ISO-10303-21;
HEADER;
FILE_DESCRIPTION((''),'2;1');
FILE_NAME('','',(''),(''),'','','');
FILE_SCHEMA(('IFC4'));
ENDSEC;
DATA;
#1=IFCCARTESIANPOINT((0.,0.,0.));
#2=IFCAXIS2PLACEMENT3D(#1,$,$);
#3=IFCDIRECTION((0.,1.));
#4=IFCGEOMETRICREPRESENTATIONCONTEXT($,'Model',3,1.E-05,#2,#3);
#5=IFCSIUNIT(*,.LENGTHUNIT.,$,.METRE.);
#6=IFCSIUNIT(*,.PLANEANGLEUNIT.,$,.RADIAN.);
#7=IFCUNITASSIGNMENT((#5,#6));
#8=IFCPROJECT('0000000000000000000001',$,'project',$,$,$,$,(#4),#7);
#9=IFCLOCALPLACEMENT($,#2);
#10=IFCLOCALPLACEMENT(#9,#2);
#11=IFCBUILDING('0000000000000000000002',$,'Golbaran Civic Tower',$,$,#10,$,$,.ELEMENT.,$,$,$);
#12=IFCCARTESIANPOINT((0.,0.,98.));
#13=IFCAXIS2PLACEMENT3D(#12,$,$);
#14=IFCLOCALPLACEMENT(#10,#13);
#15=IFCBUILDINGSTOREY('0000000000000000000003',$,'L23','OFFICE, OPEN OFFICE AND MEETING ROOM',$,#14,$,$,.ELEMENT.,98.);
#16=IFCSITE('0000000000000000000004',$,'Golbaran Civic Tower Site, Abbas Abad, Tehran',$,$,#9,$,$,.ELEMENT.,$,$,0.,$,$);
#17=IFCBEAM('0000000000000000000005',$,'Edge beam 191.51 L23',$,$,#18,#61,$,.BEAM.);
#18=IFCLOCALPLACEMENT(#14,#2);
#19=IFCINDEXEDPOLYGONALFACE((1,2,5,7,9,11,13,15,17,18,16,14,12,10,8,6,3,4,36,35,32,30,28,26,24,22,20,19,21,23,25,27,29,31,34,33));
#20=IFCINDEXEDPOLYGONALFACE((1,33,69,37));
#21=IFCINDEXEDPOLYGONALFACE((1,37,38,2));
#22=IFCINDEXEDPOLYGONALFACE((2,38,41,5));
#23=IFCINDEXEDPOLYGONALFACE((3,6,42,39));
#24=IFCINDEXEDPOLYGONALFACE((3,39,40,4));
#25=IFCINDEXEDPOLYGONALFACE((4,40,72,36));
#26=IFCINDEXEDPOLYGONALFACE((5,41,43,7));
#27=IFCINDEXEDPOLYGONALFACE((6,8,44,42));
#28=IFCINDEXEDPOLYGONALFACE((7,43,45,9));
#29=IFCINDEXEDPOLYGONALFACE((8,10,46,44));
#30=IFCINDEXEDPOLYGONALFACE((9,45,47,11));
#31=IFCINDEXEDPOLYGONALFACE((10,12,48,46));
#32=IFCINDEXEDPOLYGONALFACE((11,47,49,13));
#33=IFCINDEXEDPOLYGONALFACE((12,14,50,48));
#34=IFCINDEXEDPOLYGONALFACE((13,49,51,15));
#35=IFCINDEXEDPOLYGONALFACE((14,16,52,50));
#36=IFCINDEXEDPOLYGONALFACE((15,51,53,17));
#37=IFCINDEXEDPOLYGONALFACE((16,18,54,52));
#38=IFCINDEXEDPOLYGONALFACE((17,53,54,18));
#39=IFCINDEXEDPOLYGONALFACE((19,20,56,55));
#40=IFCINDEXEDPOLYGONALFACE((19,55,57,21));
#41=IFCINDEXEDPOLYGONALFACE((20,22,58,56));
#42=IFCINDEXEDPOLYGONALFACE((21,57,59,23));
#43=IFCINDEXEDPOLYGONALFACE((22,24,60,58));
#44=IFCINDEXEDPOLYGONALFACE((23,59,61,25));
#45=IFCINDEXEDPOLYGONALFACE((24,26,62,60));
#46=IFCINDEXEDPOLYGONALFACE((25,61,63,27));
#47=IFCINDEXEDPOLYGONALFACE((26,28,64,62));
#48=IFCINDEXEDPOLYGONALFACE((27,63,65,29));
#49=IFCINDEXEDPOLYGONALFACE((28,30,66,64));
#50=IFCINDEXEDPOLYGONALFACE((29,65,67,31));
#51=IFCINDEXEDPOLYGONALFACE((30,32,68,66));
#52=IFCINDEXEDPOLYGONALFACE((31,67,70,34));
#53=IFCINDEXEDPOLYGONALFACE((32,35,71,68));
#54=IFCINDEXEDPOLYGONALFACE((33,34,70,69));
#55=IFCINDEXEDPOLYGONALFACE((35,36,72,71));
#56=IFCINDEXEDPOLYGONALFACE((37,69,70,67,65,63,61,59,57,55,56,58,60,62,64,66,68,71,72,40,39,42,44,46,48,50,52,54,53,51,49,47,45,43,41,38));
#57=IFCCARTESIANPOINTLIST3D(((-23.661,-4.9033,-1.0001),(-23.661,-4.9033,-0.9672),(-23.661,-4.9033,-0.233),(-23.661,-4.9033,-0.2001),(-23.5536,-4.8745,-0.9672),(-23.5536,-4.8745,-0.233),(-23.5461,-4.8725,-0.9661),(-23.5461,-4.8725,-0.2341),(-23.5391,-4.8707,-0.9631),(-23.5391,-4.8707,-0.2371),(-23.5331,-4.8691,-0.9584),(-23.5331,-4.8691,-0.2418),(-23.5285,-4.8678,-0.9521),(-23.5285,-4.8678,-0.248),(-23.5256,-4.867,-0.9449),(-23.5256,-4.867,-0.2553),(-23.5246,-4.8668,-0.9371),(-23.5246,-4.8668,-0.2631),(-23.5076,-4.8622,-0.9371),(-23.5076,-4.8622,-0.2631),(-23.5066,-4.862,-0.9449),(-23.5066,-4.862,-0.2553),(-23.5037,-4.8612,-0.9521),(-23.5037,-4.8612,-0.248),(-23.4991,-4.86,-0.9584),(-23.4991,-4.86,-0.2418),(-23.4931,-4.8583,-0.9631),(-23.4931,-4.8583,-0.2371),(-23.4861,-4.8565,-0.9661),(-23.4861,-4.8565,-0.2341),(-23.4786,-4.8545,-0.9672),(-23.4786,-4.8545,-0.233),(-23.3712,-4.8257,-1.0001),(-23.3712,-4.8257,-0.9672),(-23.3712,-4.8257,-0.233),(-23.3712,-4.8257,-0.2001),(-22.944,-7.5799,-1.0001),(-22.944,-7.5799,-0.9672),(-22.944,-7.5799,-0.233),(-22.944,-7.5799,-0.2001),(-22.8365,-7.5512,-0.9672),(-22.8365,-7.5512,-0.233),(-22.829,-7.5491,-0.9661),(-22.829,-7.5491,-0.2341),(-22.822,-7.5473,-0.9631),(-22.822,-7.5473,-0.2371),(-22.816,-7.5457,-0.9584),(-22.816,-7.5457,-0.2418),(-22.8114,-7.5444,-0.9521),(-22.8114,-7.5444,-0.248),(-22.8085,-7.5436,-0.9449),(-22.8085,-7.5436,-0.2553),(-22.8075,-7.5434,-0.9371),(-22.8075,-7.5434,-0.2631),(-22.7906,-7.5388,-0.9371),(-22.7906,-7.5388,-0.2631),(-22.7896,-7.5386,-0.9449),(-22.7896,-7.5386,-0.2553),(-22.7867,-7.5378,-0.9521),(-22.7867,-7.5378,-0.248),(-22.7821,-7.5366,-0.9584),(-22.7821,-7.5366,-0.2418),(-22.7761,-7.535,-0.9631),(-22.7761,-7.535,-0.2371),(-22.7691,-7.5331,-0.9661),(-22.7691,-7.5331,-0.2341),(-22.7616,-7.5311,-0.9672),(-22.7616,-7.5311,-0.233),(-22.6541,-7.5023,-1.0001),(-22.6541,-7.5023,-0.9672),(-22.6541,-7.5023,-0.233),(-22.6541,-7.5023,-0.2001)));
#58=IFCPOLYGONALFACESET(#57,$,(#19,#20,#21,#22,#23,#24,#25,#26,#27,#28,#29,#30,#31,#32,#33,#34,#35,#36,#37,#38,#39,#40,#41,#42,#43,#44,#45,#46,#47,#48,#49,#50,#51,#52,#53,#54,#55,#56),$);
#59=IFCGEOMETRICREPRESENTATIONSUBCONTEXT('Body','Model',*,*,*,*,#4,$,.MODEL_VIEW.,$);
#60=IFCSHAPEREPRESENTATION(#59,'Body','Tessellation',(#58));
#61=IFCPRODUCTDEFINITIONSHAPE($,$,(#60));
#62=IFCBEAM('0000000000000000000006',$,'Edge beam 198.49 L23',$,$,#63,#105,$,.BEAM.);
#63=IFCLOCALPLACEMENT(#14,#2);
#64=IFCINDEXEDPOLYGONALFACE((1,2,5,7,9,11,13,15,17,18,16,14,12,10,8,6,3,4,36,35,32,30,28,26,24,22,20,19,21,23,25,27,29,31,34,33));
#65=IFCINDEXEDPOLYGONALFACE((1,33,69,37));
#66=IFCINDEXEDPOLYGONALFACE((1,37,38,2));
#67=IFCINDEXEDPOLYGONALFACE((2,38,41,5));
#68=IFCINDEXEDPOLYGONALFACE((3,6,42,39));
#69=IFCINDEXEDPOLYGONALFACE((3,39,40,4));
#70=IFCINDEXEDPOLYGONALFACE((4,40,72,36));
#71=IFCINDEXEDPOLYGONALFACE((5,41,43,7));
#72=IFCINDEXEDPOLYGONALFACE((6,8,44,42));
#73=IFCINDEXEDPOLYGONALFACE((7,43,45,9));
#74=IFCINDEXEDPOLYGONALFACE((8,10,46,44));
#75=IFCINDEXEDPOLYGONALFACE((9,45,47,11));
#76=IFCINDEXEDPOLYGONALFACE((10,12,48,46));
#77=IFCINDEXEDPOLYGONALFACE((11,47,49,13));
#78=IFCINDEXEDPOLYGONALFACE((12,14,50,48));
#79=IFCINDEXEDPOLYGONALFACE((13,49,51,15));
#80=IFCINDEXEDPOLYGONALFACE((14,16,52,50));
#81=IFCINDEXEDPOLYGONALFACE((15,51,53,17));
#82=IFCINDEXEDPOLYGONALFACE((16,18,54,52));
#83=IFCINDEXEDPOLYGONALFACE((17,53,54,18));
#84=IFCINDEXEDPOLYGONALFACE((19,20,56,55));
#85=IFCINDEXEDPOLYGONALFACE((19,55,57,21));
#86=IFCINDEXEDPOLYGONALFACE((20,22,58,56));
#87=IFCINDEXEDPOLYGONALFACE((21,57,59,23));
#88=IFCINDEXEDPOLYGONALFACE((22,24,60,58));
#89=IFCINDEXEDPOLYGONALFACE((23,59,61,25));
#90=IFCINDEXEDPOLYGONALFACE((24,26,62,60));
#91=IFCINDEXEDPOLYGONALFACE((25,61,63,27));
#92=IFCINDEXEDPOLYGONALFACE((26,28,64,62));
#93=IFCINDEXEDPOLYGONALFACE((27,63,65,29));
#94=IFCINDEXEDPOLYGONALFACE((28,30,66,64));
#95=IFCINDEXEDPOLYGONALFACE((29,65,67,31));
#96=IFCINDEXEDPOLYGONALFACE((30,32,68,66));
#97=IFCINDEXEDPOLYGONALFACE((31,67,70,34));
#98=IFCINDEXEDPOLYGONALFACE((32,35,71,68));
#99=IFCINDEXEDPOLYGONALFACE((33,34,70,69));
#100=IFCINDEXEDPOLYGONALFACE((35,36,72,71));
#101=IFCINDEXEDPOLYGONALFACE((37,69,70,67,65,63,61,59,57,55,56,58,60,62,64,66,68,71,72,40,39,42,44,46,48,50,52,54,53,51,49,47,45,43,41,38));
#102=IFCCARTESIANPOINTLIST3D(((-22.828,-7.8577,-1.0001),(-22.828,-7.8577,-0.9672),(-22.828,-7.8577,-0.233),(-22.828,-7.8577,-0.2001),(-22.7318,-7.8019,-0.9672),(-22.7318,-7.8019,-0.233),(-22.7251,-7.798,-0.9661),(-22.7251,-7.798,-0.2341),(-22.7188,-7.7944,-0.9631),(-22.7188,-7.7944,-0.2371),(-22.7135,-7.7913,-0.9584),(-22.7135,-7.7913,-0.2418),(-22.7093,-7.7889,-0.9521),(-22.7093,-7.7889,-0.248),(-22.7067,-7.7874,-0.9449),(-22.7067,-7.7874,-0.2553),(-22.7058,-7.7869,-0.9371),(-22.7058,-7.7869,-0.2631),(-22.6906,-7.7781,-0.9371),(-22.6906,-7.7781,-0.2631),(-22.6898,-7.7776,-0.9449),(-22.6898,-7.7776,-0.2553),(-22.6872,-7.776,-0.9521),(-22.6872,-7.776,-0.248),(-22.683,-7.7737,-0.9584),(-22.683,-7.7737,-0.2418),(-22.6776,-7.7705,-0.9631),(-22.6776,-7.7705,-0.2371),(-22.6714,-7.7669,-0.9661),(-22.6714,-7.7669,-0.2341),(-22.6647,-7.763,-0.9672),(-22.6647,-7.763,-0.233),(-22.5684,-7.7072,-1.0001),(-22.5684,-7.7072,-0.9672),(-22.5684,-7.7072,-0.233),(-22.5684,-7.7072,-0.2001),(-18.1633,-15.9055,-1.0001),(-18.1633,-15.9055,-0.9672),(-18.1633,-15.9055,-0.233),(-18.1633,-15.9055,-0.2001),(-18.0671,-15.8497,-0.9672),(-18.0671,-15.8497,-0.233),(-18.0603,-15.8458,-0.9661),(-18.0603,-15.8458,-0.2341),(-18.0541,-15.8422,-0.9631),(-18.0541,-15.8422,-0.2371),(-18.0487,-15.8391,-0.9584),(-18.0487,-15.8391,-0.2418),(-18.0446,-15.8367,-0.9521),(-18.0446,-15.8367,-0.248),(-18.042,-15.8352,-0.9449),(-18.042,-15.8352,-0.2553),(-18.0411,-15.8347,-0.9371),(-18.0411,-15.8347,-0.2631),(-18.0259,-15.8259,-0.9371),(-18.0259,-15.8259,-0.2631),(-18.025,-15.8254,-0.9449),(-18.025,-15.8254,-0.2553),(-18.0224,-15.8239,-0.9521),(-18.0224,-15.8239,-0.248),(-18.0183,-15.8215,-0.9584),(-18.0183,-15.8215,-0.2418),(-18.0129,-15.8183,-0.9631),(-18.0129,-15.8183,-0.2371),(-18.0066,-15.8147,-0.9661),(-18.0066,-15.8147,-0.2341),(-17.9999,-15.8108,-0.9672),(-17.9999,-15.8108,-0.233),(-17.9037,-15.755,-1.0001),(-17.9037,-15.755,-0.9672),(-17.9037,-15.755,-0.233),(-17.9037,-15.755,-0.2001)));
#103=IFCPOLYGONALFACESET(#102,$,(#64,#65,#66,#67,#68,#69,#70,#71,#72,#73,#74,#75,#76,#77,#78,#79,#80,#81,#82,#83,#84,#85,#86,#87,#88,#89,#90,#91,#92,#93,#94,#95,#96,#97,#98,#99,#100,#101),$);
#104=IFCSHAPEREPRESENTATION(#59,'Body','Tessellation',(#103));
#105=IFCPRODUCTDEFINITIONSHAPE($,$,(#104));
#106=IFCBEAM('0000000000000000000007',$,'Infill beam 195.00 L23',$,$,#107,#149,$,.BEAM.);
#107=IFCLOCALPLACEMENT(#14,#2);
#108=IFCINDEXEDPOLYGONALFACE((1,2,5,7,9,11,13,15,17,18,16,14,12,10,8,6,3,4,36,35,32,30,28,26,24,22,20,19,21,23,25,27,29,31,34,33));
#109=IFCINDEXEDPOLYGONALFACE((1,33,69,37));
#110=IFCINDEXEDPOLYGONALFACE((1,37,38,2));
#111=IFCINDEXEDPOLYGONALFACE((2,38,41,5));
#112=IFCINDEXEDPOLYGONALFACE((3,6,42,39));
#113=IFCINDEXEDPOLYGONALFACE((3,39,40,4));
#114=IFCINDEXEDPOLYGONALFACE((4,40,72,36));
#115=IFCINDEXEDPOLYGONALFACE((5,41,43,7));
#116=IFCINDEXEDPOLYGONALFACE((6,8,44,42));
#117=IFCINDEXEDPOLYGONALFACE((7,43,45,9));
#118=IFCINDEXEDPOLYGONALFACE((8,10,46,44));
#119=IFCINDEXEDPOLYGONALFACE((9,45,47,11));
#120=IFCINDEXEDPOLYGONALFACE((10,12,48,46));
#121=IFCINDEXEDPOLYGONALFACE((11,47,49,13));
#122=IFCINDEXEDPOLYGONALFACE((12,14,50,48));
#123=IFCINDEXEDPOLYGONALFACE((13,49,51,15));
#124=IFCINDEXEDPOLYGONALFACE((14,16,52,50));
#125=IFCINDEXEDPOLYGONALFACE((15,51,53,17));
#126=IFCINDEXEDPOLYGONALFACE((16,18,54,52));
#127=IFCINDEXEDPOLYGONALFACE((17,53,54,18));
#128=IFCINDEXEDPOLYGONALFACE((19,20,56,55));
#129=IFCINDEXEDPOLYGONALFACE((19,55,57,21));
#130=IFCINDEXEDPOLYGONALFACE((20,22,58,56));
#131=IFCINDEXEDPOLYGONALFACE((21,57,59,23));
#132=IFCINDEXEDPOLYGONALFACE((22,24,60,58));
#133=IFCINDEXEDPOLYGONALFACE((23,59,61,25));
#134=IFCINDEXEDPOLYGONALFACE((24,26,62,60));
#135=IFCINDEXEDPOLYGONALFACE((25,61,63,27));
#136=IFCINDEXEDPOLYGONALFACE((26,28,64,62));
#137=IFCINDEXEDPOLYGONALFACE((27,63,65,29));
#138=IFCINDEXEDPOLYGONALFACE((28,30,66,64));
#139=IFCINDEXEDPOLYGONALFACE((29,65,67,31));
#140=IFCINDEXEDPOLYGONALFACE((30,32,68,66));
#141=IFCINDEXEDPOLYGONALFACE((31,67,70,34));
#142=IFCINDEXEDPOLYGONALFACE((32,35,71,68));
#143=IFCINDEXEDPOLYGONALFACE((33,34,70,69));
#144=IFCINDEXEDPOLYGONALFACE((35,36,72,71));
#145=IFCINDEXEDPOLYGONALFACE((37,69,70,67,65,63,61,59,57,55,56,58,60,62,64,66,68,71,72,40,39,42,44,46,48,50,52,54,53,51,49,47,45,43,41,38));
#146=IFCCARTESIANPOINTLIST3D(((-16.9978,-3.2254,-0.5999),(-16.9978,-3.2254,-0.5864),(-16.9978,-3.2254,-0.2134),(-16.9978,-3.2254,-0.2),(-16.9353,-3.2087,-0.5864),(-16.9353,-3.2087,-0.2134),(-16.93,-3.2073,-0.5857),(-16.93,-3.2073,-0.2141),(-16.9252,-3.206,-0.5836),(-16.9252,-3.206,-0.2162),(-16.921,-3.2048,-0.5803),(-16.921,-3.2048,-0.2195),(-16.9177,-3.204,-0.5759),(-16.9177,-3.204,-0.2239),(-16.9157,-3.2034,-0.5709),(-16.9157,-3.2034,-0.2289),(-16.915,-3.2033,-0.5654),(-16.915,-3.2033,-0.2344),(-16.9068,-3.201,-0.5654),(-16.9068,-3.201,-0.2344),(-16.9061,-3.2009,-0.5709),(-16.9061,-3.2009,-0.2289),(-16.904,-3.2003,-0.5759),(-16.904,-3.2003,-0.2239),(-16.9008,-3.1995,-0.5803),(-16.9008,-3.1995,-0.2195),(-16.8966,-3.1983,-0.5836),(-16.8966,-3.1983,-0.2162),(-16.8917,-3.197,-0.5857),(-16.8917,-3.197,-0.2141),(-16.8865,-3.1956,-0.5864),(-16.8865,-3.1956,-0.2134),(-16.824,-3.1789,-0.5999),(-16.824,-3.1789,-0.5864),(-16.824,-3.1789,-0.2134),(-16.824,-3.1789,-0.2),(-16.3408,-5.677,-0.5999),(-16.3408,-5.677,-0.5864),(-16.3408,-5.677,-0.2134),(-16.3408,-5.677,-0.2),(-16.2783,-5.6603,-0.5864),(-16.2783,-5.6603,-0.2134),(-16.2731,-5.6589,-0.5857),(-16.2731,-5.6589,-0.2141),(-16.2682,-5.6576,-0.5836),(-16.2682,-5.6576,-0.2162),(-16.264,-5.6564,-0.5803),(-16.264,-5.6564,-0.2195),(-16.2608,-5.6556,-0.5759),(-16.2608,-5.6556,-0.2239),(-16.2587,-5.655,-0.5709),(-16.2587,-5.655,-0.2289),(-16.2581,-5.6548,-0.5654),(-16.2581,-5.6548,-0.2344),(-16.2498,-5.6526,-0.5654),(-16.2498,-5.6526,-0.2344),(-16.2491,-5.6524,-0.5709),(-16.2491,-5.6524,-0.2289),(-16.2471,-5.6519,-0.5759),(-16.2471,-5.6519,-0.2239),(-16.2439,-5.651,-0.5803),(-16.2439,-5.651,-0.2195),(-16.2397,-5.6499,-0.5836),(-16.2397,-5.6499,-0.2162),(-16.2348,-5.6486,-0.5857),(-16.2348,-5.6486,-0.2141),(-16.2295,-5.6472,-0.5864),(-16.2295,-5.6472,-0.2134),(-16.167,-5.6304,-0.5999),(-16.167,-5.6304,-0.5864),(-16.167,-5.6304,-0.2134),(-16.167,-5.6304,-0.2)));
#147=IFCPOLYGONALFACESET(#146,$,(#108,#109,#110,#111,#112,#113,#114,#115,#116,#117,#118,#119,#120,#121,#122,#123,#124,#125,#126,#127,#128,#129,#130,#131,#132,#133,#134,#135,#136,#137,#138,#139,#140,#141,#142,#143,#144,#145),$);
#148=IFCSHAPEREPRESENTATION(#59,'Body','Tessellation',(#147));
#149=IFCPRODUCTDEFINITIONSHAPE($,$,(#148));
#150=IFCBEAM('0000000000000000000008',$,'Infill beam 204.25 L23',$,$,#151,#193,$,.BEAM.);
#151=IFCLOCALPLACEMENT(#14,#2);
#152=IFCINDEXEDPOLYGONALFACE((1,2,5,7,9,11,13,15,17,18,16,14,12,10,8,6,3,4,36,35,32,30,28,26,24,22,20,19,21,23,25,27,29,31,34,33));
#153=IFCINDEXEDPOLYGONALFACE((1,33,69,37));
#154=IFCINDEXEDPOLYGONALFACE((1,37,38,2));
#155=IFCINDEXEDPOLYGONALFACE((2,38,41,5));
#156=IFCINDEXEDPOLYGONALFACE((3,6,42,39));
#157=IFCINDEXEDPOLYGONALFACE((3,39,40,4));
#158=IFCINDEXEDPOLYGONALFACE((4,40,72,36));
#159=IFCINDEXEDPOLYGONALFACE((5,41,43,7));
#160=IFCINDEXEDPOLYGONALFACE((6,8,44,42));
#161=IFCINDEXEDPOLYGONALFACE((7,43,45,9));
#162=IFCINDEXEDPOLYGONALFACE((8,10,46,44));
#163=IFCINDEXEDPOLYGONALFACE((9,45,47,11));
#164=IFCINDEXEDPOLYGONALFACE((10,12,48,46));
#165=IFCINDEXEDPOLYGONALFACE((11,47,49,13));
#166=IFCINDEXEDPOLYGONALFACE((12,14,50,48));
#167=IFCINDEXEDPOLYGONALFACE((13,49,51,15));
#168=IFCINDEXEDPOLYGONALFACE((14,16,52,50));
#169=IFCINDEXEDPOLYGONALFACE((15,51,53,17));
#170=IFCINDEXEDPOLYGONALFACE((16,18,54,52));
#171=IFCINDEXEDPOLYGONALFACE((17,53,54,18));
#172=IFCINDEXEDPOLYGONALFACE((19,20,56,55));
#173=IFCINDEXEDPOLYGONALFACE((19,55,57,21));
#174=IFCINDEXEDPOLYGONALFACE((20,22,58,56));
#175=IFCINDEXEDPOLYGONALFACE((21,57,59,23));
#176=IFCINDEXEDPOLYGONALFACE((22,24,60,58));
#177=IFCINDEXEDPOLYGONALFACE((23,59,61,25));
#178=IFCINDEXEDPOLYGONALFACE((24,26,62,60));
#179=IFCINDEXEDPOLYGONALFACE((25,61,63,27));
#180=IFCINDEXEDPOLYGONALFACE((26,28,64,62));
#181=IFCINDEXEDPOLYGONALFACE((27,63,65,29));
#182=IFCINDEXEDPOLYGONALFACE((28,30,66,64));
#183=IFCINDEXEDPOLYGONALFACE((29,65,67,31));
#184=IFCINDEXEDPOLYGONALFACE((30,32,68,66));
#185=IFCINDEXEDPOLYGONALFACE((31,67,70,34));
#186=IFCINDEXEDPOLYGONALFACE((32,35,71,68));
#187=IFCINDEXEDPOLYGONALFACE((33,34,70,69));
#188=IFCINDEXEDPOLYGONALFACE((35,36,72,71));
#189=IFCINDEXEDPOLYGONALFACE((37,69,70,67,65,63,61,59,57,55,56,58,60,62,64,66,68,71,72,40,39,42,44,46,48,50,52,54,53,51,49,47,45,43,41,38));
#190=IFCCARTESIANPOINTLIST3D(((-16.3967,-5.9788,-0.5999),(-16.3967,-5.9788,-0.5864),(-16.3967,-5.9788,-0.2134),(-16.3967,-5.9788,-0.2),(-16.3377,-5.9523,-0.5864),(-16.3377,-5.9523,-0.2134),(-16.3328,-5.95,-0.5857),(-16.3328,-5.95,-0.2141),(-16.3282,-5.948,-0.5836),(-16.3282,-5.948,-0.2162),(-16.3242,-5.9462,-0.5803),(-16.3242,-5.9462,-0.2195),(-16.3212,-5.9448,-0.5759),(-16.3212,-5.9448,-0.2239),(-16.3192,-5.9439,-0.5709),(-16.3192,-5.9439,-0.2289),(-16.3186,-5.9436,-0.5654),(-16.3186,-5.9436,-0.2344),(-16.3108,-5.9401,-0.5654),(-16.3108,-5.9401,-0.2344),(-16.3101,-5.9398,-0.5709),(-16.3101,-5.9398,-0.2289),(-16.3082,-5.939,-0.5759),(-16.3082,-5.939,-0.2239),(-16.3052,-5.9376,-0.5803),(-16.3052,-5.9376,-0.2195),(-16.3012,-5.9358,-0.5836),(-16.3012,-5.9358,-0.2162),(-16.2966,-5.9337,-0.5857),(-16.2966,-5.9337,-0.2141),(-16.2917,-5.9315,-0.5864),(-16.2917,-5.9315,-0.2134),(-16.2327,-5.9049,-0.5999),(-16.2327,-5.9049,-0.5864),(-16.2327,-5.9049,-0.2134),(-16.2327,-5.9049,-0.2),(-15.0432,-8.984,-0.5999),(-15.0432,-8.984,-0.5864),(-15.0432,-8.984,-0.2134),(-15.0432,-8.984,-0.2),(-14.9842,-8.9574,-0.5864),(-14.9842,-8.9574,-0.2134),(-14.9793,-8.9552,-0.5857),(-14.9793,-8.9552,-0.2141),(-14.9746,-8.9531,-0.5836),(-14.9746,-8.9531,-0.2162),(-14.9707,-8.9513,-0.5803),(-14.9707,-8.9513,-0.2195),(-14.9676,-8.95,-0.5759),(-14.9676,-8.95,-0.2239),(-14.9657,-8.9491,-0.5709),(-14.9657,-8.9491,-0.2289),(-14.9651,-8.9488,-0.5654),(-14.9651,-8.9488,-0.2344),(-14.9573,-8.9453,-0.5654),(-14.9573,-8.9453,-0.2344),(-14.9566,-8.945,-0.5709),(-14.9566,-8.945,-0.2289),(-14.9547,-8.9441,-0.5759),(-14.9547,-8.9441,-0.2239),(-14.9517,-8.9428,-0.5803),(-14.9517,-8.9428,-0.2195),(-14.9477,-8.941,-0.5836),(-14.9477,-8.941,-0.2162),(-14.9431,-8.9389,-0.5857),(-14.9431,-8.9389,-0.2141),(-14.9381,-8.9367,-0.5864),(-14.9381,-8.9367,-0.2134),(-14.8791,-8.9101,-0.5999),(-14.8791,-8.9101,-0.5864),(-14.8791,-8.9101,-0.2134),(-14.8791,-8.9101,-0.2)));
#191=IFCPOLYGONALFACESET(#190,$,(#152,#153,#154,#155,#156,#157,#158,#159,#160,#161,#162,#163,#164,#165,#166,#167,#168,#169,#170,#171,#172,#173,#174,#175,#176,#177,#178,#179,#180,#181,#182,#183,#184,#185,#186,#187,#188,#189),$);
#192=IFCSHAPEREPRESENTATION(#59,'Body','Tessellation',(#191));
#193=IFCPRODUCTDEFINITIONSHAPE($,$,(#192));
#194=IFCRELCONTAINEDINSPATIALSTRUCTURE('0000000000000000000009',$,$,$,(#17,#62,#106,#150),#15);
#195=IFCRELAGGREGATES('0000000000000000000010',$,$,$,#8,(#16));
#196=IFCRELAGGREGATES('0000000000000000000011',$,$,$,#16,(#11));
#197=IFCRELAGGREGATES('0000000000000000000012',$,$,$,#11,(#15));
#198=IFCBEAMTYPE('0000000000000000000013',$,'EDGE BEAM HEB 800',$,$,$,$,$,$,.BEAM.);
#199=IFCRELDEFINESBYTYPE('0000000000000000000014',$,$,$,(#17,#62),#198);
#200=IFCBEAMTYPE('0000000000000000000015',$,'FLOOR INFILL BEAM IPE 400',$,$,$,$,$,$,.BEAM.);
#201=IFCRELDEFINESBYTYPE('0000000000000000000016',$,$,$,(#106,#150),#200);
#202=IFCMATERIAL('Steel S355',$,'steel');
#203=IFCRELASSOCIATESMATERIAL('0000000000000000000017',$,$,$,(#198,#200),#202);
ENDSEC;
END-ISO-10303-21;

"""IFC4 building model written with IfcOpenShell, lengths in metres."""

from ifc_helpers import new_model, si_unit, direction, frame, origin, origin_2d, place, context, subcontext, project, spatial, i_section, extrude, material, material_profile, profile_set, type_object, element, save


model = new_model("IFC4")

# Units and contexts
model_context = context("Model", 3, precision=1e-05, world=origin(), true_north=direction((0.0, 1.0)))
body_context = subcontext(model_context, "Body", "Model", "MODEL_VIEW")
ifc_project = project(units=[si_unit("LENGTHUNIT", "METRE"), si_unit("PLANEANGLEUNIT", "RADIAN")], contexts=[model_context])

# Site, building, storey
site_placement = place(None, origin())
site = spatial("IfcSite", under=ifc_project, at=site_placement, Name="Golbaran Civic Tower Site, Abbas Abad, Tehran", CompositionType="ELEMENT", RefElevation=0.0)
building_placement = place(site_placement, origin())
building = spatial("IfcBuilding", under=site, at=building_placement, Name="Golbaran Civic Tower", CompositionType="ELEMENT")
storey_placement = place(building_placement, frame((0.0, 0.0, 98.0)))
storey = spatial("IfcBuildingStorey", under=building, at=storey_placement, Name="L23", Description="OFFICE, OPEN OFFICE AND MEETING ROOM", CompositionType="ELEMENT", Elevation=98.0)

# Beams
ifc_material_1 = material(Name="Steel S355", Category="steel")
ifc_material_profile_1 = material_profile(ifc_material_1, i_section(OverallWidth=0.3, OverallDepth=0.8, WebThickness=0.0176, FlangeThickness=0.033, FilletRadius=0.03, at=origin_2d()), Name="HEB 800")
ifc_profile_set_1 = profile_set([ifc_material_profile_1], Name="Steel S355")
beam_type_1 = type_object("IfcBeamType", Name="EDGE BEAM HEB 800", PredefinedType="BEAM", material=ifc_profile_set_1)
beam_1_placement = place(storey_placement, frame((-23.5161, -4.8645, -0.6001), z_axis=(0.258776, -0.965937, 0.0), x_axis=(0.965937, 0.258776, 0.0)))
element("IfcBeam", 1, at=beam_1_placement, inside=storey, type_object=beam_type_1, Name="Edge beam 191.51 L23", PredefinedType="BEAM", context=body_context, shape_type="SweptSolid", body=[
    extrude(i_section(OverallWidth=0.3, OverallDepth=0.8, WebThickness=0.0176, FlangeThickness=0.033, FilletRadius=0.03, at=origin_2d()), origin(), (0.0, 0.0, 1.0), 2.771),
])
beam_2_placement = place(storey_placement, frame((-22.6982, -7.7825, -0.6001), z_axis=(0.50148, -0.865169, 0.0), x_axis=(0.865169, 0.50148, 0.0)))
element("IfcBeam", 2, at=beam_2_placement, inside=storey, type_object=beam_type_1, Name="Edge beam 198.49 L23", PredefinedType="BEAM", context=body_context, shape_type="SweptSolid", body=[
    extrude(i_section(OverallWidth=0.3, OverallDepth=0.8, WebThickness=0.0176, FlangeThickness=0.033, FilletRadius=0.03, at=origin_2d()), origin(), (0.0, 0.0, 1.0), 9.302),
])
ifc_material_profile_2 = material_profile(ifc_material_1, i_section(OverallWidth=0.1799, OverallDepth=0.3999, WebThickness=0.0085, FlangeThickness=0.0134, FilletRadius=0.021, at=origin_2d()), Name="IPE 400")
ifc_profile_set_2 = profile_set([ifc_material_profile_2], Name="Steel S355")
beam_type_2 = type_object("IfcBeamType", Name="FLOOR INFILL BEAM IPE 400", PredefinedType="BEAM", material=ifc_profile_set_2)
beam_3_placement = place(storey_placement, frame((-16.9109, -3.2021, -0.3999), z_axis=(0.258842, -0.96592, 0.0), x_axis=(0.96592, 0.258842, 0.0)))
element("IfcBeam", 3, at=beam_3_placement, inside=storey, type_object=beam_type_2, Name="Infill beam 195.00 L23", PredefinedType="BEAM", context=body_context, shape_type="SweptSolid", body=[
    extrude(i_section(OverallWidth=0.1799, OverallDepth=0.3999, WebThickness=0.0085, FlangeThickness=0.0134, FilletRadius=0.021, at=origin_2d()), origin(), (0.0, 0.0, 1.0), 2.5381),
])
beam_4_placement = place(storey_placement, frame((-16.3147, -5.9419, -0.3999), z_axis=(0.41067, -0.911784, 0.0), x_axis=(0.911784, 0.41067, 0.0)))
element("IfcBeam", 4, at=beam_4_placement, inside=storey, type_object=beam_type_2, Name="Infill beam 204.25 L23", PredefinedType="BEAM", context=body_context, shape_type="SweptSolid", body=[
    extrude(i_section(OverallWidth=0.1799, OverallDepth=0.3999, WebThickness=0.0085, FlangeThickness=0.0134, FilletRadius=0.021, at=origin_2d()), origin(), (0.0, 0.0, 1.0), 3.2959),
])

save(model, "model.ifc")
